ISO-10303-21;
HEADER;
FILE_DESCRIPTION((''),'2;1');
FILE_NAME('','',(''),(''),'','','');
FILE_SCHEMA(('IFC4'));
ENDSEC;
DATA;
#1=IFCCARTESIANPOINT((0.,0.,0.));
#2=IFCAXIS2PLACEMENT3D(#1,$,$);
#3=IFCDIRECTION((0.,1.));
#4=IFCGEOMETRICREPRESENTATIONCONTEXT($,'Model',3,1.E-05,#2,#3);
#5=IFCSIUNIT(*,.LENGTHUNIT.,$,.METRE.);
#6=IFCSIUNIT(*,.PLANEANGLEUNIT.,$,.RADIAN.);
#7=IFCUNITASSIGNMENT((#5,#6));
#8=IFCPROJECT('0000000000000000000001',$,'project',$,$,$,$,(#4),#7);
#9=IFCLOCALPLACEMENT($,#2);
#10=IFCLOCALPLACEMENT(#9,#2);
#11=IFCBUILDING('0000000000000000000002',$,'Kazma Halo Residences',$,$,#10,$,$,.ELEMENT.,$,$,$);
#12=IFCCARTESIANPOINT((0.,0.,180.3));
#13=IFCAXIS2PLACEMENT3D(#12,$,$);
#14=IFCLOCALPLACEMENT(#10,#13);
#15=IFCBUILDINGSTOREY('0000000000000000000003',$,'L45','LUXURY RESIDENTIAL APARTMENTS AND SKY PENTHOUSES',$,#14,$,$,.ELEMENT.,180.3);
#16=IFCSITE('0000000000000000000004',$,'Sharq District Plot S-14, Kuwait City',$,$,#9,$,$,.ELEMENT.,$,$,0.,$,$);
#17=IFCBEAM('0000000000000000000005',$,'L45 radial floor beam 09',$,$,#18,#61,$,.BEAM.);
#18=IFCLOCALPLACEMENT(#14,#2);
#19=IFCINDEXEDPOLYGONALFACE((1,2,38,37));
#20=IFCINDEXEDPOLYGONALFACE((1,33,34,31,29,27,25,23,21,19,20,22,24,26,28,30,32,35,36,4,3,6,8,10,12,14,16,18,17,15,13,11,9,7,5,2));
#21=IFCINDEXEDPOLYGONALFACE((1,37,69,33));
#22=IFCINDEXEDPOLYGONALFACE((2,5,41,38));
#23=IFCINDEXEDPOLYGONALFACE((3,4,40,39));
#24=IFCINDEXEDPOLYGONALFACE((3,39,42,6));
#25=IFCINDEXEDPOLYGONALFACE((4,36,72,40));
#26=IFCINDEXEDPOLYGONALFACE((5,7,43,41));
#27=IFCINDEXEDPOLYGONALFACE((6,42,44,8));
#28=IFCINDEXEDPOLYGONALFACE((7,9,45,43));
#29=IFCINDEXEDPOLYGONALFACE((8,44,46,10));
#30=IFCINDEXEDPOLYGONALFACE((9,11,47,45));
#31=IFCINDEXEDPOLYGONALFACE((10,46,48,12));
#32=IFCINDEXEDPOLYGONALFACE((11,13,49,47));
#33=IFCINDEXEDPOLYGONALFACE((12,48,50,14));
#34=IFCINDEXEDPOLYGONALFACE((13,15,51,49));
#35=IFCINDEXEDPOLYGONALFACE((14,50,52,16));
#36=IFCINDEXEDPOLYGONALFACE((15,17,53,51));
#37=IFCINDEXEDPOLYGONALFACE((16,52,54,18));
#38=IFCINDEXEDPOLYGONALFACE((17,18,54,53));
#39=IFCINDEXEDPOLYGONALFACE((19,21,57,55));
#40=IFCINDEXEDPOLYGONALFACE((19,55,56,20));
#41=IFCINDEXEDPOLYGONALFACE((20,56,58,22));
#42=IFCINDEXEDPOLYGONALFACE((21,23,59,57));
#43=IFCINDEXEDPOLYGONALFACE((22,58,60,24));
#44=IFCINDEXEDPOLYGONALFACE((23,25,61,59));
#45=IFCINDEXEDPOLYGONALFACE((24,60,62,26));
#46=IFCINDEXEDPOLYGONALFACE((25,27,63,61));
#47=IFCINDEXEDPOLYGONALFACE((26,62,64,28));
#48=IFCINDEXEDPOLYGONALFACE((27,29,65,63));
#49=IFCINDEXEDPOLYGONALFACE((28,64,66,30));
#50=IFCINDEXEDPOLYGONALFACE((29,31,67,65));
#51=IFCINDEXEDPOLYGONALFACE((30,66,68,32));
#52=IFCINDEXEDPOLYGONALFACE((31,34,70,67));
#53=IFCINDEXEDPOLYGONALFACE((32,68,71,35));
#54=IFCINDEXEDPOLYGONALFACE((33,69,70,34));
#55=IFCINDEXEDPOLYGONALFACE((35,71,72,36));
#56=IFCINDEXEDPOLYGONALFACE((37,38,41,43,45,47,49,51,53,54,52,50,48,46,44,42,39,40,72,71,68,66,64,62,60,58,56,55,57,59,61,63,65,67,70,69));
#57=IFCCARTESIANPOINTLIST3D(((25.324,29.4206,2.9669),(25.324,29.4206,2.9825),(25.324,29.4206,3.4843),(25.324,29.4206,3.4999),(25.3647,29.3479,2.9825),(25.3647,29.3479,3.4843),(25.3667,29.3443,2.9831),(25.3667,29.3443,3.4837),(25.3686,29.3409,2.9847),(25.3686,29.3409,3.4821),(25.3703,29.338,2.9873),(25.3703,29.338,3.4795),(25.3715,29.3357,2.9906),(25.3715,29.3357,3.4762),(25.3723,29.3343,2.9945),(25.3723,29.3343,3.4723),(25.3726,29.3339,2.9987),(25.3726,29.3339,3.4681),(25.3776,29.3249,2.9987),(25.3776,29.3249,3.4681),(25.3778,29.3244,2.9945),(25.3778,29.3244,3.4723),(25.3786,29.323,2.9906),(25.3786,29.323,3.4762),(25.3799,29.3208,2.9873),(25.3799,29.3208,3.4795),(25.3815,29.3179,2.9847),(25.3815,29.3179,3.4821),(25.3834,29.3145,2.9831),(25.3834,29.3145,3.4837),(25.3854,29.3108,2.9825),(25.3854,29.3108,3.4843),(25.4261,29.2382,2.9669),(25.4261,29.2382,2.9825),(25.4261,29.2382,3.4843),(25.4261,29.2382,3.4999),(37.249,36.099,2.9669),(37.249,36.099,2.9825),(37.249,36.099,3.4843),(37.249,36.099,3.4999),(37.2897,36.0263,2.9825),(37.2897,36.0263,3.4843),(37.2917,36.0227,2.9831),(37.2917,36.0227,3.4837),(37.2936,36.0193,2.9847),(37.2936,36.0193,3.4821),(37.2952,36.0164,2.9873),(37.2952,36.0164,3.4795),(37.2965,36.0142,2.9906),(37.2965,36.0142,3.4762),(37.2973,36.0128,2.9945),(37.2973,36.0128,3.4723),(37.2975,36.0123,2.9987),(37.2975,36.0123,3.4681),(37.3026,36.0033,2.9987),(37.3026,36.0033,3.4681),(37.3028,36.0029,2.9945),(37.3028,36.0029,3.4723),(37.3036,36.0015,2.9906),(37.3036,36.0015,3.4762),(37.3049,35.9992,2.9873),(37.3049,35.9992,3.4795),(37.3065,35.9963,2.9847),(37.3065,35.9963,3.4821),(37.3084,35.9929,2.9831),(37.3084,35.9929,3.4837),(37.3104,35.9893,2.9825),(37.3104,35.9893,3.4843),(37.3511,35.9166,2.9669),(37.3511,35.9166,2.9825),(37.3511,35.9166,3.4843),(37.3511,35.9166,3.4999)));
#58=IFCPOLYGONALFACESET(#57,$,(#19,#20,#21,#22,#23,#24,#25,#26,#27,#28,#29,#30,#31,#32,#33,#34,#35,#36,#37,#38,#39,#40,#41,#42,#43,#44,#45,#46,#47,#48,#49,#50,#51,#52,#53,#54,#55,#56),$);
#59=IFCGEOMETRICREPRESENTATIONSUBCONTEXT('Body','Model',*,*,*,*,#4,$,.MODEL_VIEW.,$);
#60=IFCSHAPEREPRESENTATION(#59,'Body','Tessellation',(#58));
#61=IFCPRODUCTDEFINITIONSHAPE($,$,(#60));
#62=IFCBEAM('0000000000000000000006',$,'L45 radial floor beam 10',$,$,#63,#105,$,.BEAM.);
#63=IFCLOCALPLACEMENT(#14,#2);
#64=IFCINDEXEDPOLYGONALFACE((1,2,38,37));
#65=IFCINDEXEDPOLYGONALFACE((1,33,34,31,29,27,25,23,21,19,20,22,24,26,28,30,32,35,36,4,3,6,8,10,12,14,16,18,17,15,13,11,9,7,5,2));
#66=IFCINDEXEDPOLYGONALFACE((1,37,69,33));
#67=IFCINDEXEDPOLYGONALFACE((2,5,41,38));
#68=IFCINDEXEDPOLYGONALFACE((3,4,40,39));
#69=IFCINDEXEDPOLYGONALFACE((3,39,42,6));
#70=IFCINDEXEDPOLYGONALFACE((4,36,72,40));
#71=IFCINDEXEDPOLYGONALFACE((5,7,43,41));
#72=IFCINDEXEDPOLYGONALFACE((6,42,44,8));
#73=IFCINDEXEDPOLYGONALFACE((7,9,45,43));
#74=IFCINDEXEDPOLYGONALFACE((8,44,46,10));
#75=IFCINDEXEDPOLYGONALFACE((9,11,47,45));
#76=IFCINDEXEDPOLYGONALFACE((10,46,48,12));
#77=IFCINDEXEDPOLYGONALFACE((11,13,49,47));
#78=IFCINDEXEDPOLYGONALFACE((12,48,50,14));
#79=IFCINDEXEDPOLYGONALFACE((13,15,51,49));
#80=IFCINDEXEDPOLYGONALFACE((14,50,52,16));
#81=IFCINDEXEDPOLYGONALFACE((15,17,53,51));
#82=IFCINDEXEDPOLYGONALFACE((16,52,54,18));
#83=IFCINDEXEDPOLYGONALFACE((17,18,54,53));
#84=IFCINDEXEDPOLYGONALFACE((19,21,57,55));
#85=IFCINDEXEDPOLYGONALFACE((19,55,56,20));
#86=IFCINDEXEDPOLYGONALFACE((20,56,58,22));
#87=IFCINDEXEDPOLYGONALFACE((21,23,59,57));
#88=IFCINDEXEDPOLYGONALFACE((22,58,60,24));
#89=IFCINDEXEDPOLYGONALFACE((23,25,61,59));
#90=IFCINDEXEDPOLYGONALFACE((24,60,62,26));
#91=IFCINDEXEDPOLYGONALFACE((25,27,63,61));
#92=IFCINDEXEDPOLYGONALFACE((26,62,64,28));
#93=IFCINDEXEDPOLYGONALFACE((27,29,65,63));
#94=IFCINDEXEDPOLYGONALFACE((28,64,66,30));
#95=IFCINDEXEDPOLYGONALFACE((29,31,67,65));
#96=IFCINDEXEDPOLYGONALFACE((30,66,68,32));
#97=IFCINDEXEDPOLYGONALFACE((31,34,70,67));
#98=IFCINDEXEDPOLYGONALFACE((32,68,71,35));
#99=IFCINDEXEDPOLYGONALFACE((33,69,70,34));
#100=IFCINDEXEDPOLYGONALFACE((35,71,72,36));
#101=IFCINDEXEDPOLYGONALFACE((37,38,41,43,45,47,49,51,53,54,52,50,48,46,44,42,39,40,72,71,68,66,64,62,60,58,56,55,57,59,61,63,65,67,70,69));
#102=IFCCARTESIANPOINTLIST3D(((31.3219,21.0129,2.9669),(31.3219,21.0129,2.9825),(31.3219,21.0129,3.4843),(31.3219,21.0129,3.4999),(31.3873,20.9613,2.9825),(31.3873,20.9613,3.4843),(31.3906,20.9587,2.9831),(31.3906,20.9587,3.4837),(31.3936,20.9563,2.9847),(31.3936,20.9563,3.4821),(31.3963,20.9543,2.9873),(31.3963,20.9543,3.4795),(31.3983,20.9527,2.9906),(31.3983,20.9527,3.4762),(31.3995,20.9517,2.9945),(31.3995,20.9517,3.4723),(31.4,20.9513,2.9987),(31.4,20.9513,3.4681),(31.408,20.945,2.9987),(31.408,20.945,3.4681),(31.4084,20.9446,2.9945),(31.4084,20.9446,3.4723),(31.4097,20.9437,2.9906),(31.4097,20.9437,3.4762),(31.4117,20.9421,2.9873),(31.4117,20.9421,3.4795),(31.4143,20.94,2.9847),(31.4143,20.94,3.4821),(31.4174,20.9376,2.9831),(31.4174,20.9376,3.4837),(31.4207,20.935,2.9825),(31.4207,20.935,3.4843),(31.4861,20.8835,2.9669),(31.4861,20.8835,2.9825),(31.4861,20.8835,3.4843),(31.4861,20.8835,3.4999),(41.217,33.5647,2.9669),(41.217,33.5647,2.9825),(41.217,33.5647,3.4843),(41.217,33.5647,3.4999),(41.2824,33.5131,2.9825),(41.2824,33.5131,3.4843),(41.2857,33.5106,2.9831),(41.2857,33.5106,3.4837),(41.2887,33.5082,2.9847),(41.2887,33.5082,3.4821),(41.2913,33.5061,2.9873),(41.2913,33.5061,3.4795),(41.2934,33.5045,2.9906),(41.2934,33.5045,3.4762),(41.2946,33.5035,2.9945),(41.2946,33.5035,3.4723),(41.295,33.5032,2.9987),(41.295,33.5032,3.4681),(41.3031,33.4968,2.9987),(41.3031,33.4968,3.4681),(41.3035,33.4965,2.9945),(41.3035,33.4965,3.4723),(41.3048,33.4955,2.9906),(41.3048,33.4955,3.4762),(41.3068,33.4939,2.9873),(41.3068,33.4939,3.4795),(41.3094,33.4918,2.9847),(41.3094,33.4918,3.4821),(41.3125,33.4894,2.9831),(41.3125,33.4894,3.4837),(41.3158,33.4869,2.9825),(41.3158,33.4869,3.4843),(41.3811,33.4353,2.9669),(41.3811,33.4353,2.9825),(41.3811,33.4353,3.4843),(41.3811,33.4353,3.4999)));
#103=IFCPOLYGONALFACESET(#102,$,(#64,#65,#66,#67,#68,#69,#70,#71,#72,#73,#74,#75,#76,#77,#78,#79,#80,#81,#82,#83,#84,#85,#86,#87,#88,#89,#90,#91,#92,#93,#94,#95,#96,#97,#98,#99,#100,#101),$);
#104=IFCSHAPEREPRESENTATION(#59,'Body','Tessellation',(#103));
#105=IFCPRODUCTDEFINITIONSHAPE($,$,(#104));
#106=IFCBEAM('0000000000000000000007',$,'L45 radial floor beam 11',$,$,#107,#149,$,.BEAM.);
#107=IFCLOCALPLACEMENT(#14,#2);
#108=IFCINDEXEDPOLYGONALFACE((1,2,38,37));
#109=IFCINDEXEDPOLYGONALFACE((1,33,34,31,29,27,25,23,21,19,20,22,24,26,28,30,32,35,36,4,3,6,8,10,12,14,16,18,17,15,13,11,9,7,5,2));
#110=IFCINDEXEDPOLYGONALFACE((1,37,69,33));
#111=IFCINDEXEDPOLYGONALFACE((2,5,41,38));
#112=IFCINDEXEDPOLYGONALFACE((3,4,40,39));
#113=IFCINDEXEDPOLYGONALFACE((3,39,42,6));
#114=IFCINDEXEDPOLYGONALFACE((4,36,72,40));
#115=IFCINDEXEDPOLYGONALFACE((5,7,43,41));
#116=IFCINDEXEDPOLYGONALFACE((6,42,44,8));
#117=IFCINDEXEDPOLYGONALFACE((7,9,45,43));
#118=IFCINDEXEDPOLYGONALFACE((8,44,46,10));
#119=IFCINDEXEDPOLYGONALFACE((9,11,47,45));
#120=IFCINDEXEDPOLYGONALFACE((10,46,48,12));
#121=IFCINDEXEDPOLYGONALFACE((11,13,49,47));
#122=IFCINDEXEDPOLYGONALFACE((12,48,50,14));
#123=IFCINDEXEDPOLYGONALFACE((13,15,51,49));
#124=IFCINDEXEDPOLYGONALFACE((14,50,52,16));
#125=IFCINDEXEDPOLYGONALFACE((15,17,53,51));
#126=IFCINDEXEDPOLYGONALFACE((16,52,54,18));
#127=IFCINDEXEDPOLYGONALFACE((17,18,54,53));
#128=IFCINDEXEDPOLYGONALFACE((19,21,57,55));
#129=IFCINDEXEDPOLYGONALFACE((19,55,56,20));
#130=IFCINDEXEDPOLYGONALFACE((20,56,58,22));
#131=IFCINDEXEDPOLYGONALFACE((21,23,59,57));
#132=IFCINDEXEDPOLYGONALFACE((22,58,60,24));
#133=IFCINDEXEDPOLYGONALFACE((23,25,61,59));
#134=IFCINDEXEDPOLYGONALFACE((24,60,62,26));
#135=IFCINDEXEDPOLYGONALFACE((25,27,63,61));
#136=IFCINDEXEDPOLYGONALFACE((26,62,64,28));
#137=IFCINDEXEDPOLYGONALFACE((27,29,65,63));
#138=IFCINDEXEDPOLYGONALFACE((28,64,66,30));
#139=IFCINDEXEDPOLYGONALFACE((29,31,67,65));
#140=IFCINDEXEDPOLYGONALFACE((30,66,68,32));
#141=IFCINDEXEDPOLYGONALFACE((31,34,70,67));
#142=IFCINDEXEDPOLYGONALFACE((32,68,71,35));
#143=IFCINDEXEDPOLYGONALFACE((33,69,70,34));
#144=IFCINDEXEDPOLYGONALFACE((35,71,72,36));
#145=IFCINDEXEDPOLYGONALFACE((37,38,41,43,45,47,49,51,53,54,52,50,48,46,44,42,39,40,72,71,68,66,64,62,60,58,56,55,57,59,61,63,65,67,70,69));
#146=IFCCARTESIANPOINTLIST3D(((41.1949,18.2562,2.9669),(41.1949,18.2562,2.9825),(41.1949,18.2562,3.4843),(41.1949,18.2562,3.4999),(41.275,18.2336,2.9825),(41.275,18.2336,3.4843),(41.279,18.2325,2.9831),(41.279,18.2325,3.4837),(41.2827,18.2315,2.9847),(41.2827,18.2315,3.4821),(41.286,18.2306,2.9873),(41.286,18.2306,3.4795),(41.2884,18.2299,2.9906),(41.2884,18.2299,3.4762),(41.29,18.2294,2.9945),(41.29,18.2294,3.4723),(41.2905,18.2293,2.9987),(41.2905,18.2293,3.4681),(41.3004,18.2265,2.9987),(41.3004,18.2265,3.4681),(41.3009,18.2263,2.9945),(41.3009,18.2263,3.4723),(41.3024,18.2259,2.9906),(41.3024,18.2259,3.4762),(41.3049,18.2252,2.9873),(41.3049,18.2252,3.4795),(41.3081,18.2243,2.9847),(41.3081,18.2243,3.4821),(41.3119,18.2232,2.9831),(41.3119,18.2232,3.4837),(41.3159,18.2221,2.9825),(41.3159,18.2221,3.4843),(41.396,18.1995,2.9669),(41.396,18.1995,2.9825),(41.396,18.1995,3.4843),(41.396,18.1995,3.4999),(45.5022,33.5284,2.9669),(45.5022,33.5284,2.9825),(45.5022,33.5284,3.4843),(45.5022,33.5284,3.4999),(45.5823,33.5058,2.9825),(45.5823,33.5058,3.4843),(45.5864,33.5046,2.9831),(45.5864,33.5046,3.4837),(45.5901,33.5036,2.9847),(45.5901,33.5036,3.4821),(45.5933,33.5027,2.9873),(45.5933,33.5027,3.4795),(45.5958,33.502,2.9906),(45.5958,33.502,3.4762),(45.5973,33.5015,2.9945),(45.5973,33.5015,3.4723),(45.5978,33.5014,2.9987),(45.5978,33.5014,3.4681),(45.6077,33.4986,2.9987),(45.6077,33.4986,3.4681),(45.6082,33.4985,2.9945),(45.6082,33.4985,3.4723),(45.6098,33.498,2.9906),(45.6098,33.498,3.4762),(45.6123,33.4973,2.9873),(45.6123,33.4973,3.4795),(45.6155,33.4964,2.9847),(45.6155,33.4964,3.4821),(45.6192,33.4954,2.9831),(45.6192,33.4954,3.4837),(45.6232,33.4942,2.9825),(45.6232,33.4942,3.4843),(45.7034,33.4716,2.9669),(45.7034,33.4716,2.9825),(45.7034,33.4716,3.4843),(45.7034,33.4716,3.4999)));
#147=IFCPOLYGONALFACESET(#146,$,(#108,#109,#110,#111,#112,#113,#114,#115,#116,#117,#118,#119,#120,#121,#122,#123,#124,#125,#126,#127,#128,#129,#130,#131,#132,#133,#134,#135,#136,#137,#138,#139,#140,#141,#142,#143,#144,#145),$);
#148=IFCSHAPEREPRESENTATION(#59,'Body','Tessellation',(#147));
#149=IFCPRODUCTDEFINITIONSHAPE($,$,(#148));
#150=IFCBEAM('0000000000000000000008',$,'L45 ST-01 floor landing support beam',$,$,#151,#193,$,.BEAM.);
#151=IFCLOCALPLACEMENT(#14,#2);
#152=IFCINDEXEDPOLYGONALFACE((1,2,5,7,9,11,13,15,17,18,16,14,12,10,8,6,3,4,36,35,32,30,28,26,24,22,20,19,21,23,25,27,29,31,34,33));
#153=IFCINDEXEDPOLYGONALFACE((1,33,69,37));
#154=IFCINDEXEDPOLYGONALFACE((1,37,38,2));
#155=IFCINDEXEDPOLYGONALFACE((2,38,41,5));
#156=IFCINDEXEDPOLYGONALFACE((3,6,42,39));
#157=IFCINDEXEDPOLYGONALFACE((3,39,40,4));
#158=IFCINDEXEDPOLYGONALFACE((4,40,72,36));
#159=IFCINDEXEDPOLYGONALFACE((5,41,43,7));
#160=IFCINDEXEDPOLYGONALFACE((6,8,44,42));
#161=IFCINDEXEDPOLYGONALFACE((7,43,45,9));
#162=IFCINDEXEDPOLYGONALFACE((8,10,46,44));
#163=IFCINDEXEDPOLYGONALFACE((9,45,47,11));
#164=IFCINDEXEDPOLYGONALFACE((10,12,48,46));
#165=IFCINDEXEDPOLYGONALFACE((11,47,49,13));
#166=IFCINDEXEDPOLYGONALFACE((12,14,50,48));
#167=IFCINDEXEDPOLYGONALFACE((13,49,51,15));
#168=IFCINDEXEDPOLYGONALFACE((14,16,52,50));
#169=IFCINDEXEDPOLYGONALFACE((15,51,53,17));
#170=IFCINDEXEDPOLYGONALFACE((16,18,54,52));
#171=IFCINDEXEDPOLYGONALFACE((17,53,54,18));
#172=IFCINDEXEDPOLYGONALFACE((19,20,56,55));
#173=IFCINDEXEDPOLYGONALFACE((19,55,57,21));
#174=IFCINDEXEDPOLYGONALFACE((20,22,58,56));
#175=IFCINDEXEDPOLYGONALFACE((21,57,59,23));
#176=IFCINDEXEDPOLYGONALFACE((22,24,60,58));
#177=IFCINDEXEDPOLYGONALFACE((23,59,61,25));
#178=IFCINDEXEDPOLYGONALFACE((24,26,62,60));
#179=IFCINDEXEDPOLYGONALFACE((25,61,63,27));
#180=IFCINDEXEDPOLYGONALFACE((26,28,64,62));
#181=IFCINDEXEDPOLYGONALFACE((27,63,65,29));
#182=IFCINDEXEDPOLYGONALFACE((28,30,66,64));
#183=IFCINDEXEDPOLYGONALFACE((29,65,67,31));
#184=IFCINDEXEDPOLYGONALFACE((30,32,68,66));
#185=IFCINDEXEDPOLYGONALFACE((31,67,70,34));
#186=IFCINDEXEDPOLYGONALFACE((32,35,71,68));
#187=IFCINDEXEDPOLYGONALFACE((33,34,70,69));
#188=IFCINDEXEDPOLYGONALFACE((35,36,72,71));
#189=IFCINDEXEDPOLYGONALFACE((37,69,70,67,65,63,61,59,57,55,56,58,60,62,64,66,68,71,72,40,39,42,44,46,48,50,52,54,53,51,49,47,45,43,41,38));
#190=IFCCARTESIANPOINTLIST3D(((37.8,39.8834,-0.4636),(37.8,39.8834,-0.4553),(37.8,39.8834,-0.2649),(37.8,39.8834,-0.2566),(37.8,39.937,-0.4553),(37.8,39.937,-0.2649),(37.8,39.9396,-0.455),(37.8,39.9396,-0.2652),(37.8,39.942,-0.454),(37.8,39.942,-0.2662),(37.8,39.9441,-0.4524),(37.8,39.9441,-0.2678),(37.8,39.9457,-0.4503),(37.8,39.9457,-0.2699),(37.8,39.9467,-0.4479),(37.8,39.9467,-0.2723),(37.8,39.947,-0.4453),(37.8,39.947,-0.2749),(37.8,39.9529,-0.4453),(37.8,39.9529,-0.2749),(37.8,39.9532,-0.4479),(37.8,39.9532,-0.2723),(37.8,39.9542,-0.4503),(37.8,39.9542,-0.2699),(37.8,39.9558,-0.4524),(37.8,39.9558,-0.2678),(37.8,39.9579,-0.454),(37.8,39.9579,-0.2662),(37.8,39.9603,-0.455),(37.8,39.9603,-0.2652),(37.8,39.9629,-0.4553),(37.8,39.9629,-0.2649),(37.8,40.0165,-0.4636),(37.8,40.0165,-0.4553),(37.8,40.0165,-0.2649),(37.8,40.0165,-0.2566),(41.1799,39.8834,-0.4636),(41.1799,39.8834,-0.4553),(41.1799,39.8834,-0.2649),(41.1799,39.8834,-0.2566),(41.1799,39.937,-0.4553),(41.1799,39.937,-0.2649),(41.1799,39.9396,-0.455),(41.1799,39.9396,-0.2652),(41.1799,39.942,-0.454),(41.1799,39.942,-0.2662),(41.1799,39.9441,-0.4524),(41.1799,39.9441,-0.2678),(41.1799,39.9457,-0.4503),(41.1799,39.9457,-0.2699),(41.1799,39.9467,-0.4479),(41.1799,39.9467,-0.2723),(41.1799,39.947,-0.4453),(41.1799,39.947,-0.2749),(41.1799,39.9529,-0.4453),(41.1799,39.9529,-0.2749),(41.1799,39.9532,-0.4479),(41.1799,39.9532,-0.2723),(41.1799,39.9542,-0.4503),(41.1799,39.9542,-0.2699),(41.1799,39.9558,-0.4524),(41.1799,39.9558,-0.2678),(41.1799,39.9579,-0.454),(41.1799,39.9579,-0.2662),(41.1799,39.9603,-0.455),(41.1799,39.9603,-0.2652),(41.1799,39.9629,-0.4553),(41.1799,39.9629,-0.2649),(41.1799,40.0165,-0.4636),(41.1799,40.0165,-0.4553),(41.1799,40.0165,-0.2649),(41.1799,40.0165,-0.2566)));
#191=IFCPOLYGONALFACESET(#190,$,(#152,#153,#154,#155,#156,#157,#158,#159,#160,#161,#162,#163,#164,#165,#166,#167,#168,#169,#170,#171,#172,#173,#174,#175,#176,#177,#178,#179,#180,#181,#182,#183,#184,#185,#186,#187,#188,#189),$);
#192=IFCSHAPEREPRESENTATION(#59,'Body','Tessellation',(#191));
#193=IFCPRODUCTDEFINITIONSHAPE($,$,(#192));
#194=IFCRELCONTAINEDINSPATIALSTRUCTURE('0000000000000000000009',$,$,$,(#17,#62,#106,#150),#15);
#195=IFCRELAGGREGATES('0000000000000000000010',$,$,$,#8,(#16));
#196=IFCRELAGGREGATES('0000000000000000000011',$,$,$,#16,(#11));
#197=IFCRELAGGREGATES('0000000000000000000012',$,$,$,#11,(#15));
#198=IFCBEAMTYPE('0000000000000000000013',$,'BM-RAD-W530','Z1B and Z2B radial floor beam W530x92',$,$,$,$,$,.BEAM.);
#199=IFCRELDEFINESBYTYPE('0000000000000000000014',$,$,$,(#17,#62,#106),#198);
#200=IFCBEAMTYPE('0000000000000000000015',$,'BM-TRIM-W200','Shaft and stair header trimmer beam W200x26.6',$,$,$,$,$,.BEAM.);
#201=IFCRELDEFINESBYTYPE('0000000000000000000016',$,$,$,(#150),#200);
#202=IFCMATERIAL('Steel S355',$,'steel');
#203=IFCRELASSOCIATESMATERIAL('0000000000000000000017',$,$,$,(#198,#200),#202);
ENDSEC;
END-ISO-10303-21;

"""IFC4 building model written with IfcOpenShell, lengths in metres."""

from ifc_helpers import new_model, si_unit, direction, frame, origin, origin_2d, place, context, subcontext, project, spatial, i_section, extrude, material, material_profile, profile_set, type_object, element, save


model = new_model("IFC4")

# Units and contexts
model_context = context("Model", 3, precision=1e-05, world=origin(), true_north=direction((0.0, 1.0)))
body_context = subcontext(model_context, "Body", "Model", "MODEL_VIEW")
ifc_project = project(units=[si_unit("LENGTHUNIT", "METRE"), si_unit("PLANEANGLEUNIT", "RADIAN")], contexts=[model_context])

# Site, building, storey
site_placement = place(None, origin())
site = spatial("IfcSite", under=ifc_project, at=site_placement, Name="Sharq District Plot S-14, Kuwait City", CompositionType="ELEMENT", RefElevation=0.0)
building_placement = place(site_placement, origin())
building = spatial("IfcBuilding", under=site, at=building_placement, Name="Kazma Halo Residences", CompositionType="ELEMENT")
storey_placement = place(building_placement, frame((0.0, 0.0, 180.3)))
storey = spatial("IfcBuildingStorey", under=building, at=storey_placement, Name="L45", Description="LUXURY RESIDENTIAL APARTMENTS AND SKY PENTHOUSES", CompositionType="ELEMENT", Elevation=180.3)

# Beams
ifc_material_1 = material(Name="Steel S355", Category="steel")
ifc_material_profile_1 = material_profile(ifc_material_1, i_section(OverallWidth=0.209, OverallDepth=0.533, WebThickness=0.0103, FlangeThickness=0.0156, FilletRadius=0.0161, at=origin_2d()), Name="W530x92")
ifc_profile_set_1 = profile_set([ifc_material_profile_1], Name="Steel S355")
beam_type_1 = type_object("IfcBeamType", Name="BM-RAD-W530", Description="Z1B and Z2B radial floor beam W530x92", PredefinedType="BEAM", material=ifc_profile_set_1)
beam_1_placement = place(storey_placement, frame((37.3, 36.0078, 3.2334), z_axis=(-0.872492, -0.488628, 0.0), x_axis=(0.488628, -0.872492, 0.0)))
element("IfcBeam", 1, at=beam_1_placement, inside=storey, type_object=beam_type_1, Name="L45 radial floor beam 09", PredefinedType="BEAM", context=body_context, shape_type="SweptSolid", body=[
    extrude(i_section(OverallWidth=0.209, OverallDepth=0.533, WebThickness=0.0103, FlangeThickness=0.0156, FilletRadius=0.0161, at=origin_2d()), origin(), (0.0, 0.0, 1.0), 13.6677),
])
beam_2_placement = place(storey_placement, frame((41.2991, 33.5, 3.2334), z_axis=(-0.619094, -0.785317, 0.0), x_axis=(0.785317, -0.619094, 0.0)))
element("IfcBeam", 2, at=beam_2_placement, inside=storey, type_object=beam_type_1, Name="L45 radial floor beam 10", PredefinedType="BEAM", context=body_context, shape_type="SweptSolid", body=[
    extrude(i_section(OverallWidth=0.209, OverallDepth=0.533, WebThickness=0.0103, FlangeThickness=0.0156, FilletRadius=0.0161, at=origin_2d()), origin(), (0.0, 0.0, 1.0), 15.9832),
])
beam_3_placement = place(storey_placement, frame((45.6028, 33.5, 3.2334), z_axis=(-0.27145, -0.962453, 0.0), x_axis=(0.962453, -0.27145, 0.0)))
element("IfcBeam", 3, at=beam_3_placement, inside=storey, type_object=beam_type_1, Name="L45 radial floor beam 11", PredefinedType="BEAM", context=body_context, shape_type="SweptSolid", body=[
    extrude(i_section(OverallWidth=0.209, OverallDepth=0.533, WebThickness=0.0103, FlangeThickness=0.0156, FilletRadius=0.0161, at=origin_2d()), origin(), (0.0, 0.0, 1.0), 15.8679),
])
ifc_material_profile_2 = material_profile(ifc_material_1, i_section(OverallWidth=0.1331, OverallDepth=0.207, WebThickness=0.0059, FlangeThickness=0.0083, FilletRadius=0.01, at=origin_2d()), Name="W200x26.6")
ifc_profile_set_2 = profile_set([ifc_material_profile_2], Name="Steel S355")
beam_type_2 = type_object("IfcBeamType", Name="BM-TRIM-W200", Description="Shaft and stair header trimmer beam W200x26.6", PredefinedType="BEAM", material=ifc_profile_set_2)
beam_4_placement = place(storey_placement, frame((37.8, 39.95, -0.3601), z_axis=(1.0, 0.0, 0.0), x_axis=(0.0, 1.0, 0.0)))
element("IfcBeam", 4, at=beam_4_placement, inside=storey, type_object=beam_type_2, Name="L45 ST-01 floor landing support beam", PredefinedType="BEAM", context=body_context, shape_type="SweptSolid", body=[
    extrude(i_section(OverallWidth=0.1331, OverallDepth=0.207, WebThickness=0.0059, FlangeThickness=0.0083, FilletRadius=0.01, at=origin_2d()), origin(), (0.0, 0.0, 1.0), 3.3799),
])

save(model, "model.ifc")
